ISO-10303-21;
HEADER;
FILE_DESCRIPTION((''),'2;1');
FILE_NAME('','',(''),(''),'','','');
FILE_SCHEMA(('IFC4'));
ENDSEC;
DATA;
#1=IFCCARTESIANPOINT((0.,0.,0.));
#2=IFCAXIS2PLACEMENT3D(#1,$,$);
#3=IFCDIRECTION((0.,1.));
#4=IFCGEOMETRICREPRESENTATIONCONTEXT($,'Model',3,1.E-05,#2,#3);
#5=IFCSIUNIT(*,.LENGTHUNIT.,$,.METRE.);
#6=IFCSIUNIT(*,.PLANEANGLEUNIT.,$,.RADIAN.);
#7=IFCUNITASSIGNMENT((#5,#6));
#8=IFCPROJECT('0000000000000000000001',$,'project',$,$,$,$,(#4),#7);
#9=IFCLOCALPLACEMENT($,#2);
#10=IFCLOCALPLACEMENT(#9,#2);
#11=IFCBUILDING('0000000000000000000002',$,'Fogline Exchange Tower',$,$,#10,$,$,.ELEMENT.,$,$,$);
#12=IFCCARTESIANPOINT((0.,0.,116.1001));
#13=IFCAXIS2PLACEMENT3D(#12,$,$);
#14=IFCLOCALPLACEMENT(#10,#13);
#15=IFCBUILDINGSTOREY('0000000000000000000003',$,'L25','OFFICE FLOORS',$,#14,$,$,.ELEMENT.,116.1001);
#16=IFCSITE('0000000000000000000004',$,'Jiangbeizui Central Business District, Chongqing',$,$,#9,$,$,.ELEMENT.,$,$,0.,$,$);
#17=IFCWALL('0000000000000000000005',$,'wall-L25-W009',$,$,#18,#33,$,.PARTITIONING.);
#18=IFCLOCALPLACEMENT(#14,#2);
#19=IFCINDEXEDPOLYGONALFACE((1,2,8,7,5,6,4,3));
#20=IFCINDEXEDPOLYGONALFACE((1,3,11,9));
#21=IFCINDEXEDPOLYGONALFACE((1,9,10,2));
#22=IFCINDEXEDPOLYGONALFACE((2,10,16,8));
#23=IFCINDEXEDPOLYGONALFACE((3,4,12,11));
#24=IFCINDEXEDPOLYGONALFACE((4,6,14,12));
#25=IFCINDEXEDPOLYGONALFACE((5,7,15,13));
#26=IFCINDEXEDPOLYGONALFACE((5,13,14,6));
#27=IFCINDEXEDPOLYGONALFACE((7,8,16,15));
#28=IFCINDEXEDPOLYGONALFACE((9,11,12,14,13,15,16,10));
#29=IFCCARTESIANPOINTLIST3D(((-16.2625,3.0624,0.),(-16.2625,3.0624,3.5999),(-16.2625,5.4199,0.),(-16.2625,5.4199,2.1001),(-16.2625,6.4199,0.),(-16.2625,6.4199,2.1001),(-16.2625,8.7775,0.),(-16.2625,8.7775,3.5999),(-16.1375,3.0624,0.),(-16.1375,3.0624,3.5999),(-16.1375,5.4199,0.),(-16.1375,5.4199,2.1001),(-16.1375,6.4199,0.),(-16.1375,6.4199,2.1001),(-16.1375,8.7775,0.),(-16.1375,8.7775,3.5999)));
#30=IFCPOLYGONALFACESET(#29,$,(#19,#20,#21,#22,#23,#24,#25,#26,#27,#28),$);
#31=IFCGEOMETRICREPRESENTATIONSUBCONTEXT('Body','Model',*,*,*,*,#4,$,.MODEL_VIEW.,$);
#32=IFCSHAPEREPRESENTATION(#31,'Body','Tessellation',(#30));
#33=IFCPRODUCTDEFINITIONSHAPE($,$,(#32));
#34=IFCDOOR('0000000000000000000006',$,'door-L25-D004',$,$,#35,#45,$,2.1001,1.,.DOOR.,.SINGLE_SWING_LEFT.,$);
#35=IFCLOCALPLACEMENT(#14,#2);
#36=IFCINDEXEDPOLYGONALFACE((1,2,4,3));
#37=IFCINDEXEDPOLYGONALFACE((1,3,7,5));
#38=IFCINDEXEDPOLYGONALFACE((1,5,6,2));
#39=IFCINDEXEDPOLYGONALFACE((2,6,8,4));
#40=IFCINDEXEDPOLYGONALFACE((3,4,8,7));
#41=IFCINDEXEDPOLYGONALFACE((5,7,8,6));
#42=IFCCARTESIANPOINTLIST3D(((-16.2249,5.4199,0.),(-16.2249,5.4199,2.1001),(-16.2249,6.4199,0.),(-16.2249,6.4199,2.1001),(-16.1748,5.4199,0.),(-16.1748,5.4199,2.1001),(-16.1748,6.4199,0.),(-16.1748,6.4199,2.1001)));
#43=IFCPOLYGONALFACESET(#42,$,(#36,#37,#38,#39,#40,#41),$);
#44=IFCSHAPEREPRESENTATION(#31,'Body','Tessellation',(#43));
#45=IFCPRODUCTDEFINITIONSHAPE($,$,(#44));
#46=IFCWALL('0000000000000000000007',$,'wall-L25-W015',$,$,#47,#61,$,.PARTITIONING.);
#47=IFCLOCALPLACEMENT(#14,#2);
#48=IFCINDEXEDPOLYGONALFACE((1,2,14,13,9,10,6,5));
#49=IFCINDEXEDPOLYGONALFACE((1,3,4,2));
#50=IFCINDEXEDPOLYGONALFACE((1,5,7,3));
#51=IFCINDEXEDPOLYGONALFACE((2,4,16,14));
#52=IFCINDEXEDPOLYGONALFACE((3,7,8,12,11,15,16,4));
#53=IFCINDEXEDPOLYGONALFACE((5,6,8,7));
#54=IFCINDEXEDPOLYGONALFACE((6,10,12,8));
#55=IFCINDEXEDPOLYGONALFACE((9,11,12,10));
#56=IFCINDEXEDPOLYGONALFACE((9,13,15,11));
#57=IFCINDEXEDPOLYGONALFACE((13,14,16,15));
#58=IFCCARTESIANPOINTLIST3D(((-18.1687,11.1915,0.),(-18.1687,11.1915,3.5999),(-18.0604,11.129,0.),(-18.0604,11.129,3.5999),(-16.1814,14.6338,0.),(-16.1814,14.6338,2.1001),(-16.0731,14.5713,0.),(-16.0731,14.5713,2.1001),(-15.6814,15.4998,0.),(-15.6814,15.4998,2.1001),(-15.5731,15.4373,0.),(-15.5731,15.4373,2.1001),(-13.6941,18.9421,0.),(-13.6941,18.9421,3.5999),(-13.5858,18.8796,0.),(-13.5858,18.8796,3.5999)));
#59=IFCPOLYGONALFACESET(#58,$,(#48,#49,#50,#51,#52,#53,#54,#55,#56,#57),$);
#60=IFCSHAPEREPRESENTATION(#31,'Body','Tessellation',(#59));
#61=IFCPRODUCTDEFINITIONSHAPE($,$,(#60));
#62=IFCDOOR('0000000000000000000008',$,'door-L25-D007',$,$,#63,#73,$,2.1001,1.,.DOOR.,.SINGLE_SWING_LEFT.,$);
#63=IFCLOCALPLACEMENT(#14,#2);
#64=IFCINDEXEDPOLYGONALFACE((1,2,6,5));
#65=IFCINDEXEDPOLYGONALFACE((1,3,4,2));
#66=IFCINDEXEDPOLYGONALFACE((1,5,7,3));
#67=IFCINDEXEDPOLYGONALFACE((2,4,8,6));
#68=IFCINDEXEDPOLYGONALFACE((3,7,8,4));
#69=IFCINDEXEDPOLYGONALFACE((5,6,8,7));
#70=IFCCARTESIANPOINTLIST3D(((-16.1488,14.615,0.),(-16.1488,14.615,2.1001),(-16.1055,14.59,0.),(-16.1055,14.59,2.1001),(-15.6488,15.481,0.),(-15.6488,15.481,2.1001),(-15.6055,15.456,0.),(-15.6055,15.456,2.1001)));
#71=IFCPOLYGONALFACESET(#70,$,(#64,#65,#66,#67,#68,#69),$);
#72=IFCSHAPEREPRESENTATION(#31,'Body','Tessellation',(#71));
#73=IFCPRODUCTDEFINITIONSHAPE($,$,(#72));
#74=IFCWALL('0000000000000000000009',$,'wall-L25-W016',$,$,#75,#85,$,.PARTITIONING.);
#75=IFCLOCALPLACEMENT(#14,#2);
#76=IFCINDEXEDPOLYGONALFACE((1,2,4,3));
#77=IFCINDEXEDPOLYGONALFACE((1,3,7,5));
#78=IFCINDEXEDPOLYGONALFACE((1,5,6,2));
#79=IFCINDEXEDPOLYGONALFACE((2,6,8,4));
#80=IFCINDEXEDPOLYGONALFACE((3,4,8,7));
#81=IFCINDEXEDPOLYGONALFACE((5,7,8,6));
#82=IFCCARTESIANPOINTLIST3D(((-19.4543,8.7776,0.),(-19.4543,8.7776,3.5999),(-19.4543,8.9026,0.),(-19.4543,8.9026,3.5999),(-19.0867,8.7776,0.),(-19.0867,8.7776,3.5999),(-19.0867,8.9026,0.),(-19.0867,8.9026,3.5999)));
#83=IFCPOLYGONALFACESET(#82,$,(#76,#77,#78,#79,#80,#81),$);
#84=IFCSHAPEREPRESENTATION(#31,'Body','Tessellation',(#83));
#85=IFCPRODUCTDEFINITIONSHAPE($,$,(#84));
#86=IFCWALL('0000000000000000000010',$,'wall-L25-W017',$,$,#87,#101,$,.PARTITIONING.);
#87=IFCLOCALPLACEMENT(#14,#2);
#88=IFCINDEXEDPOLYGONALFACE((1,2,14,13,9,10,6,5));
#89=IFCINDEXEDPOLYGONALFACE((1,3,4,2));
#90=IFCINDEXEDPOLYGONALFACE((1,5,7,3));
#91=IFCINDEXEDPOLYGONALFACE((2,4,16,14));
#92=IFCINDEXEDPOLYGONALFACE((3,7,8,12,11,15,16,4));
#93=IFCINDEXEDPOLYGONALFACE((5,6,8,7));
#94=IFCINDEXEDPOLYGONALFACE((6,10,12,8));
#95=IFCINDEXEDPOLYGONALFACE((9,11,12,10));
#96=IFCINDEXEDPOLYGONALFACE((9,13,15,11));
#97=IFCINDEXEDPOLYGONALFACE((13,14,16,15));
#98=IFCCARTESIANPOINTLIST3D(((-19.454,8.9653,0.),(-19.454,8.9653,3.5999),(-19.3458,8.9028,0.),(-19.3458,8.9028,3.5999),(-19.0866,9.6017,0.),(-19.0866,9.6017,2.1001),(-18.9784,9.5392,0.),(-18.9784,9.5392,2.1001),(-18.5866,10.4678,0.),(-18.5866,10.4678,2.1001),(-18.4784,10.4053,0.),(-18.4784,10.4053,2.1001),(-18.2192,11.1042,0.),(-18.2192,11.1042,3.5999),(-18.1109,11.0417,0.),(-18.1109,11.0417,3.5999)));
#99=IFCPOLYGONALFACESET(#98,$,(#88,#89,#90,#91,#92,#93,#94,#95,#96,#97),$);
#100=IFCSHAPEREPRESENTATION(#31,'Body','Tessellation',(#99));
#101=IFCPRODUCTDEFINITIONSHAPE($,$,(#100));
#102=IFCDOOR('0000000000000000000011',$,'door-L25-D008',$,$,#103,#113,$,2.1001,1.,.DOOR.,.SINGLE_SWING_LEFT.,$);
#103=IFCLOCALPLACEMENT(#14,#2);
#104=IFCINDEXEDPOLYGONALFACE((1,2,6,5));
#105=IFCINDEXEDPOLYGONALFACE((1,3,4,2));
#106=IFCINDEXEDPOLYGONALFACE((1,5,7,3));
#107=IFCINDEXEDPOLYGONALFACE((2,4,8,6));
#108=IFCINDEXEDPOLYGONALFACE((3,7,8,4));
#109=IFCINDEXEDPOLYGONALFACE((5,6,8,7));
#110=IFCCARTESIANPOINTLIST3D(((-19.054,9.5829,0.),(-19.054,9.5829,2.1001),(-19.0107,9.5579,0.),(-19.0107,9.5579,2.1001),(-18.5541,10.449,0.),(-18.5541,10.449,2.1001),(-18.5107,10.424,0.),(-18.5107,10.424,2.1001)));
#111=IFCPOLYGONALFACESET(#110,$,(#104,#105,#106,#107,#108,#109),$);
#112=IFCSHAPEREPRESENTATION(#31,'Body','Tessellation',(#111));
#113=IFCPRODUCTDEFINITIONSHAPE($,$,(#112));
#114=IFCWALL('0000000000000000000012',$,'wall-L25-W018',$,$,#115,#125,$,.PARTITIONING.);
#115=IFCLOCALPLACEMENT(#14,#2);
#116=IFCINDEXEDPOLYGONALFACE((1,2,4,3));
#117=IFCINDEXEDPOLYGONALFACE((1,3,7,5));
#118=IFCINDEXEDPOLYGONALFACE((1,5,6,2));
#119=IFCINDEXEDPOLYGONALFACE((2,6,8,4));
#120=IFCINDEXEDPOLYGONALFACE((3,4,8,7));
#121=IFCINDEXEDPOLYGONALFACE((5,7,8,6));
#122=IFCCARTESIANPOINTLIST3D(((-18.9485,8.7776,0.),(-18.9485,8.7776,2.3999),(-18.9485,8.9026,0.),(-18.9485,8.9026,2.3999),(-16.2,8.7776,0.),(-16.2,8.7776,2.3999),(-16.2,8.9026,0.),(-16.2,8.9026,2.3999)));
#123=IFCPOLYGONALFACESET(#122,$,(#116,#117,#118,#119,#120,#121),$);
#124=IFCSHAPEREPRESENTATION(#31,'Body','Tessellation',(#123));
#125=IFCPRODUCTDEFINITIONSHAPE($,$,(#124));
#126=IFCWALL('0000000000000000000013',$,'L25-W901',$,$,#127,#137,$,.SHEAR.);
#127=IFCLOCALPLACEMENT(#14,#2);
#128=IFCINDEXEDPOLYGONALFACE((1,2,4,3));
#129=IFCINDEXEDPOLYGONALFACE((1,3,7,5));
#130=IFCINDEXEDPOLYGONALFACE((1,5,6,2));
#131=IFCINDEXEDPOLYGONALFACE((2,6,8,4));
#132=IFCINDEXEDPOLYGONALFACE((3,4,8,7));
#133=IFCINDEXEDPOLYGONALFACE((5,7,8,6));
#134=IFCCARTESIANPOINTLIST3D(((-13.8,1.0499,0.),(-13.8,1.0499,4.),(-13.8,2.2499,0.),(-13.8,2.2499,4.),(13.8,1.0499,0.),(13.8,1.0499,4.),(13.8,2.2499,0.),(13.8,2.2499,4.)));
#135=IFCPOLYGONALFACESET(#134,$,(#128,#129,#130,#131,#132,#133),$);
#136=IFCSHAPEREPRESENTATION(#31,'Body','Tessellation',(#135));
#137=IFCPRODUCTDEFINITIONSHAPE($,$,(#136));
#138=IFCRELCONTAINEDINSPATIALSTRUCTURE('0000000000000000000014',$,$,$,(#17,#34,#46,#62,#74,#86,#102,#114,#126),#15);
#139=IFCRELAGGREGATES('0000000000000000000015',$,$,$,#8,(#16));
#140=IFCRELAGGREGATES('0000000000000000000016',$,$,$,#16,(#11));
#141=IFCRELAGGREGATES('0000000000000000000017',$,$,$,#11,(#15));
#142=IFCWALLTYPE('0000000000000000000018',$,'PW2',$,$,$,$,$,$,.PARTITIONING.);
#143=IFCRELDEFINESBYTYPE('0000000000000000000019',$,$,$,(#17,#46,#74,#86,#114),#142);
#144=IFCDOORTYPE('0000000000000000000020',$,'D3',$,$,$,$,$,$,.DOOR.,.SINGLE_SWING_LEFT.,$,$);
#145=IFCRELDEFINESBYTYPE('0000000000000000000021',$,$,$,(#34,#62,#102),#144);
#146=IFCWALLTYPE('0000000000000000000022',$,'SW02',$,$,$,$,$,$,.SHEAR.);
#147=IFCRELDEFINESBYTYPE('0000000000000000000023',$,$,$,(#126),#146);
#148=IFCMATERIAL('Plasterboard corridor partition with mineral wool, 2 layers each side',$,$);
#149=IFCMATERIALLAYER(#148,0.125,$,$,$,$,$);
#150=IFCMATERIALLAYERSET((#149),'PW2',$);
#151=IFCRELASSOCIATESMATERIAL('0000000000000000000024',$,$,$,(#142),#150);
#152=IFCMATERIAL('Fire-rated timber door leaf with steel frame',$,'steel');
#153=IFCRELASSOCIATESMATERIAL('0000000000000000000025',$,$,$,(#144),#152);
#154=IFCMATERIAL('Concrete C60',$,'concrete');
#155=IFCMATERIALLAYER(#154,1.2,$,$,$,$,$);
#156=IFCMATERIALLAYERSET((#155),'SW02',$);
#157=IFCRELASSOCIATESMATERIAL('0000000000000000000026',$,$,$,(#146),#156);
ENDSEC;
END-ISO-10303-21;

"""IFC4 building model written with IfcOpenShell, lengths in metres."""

from ifc_helpers import new_model, si_unit, direction, frame, frame_2d, origin, place, context, subcontext, project, spatial, rectangle, extrude, material, layer, layer_set, type_object, element, fill, save


model = new_model("IFC4")

# Units and contexts
model_context = context("Model", 3, precision=1e-05, world=origin(), true_north=direction((0.0, 1.0)))
body_context = subcontext(model_context, "Body", "Model", "MODEL_VIEW")
ifc_project = project(units=[si_unit("LENGTHUNIT", "METRE"), si_unit("PLANEANGLEUNIT", "RADIAN")], contexts=[model_context])

# Site, building, storey
site_placement = place(None, origin())
site = spatial("IfcSite", under=ifc_project, at=site_placement, Name="Jiangbeizui Central Business District, Chongqing", CompositionType="ELEMENT", RefElevation=0.0)
building_placement = place(site_placement, origin())
building = spatial("IfcBuilding", under=site, at=building_placement, Name="Fogline Exchange Tower", CompositionType="ELEMENT")
storey_placement = place(building_placement, frame((0.0, 0.0, 116.1001)))
storey = spatial("IfcBuildingStorey", under=building, at=storey_placement, Name="L25", Description="OFFICE FLOORS", CompositionType="ELEMENT", Elevation=116.1001)

# Shared definitions
ifc_material_1 = material(Name="Plasterboard corridor partition with mineral wool, 2 layers each side")
ifc_layer_1 = layer(ifc_material_1, 0.125)
ifc_layer_set_1 = layer_set([ifc_layer_1], Name="PW2")
wall_type_1 = type_object("IfcWallType", Name="PW2", PredefinedType="PARTITIONING", material=ifc_layer_set_1)

# Walls, openings, doors
wall_1_placement = place(storey_placement, frame((-16.2, 3.0625, 0.0), z_axis=(0.0, 0.0, 1.0), x_axis=(0.0, 1.0, 0.0)))
wall_1 = element("IfcWall", 1, at=wall_1_placement, inside=storey, type_object=wall_type_1, Name="wall-L25-W009", PredefinedType="PARTITIONING", context=body_context, shape_type="SweptSolid", body=[
    extrude(rectangle(XDim=5.7151, YDim=0.125, at=frame_2d((2.8574, 0.0))), origin(), (0.0, 0.0, 1.0), 3.5999),
])
opening_1_placement = place(wall_1_placement, frame((2.3574, 0.0, 0.0)))
opening_1 = element("IfcOpeningElement", 2, at=opening_1_placement, cuts=wall_1, PredefinedType="OPENING", context=body_context, shape_type="SweptSolid", body=[
    extrude(rectangle(XDim=1.0, YDim=2.1001, at=frame_2d((0.5, 1.05))), frame((0.0, 0.0725, 0.0), z_axis=(0.0, -1.0, 0.0), x_axis=(1.0, 0.0, 0.0)), (0.0, 0.0, 1.0), 0.145),
])
ifc_material_2 = material(Name="Fire-rated timber door leaf with steel frame", Category="steel")
door_type_1 = type_object("IfcDoorType", Name="D3", OperationType="SINGLE_SWING_LEFT", PredefinedType="DOOR", material=ifc_material_2)
door_1_placement = place(opening_1_placement, origin())
door_1 = element("IfcDoor", 3, at=door_1_placement, inside=storey, type_object=door_type_1, Name="door-L25-D004", OperationType="SINGLE_SWING_LEFT", OverallHeight=2.1001, OverallWidth=1.0, PredefinedType="DOOR", context=body_context, shape_type="SweptSolid", body=[
    extrude(rectangle(XDim=1.0, YDim=2.1001, at=frame_2d((0.5, 1.05))), frame((0.0, 0.0249, 0.0), z_axis=(0.0, -1.0, 0.0), x_axis=(1.0, 0.0, 0.0)), (0.0, 0.0, 1.0), 0.05),
])
fill(opening_1, door_1)
wall_2_placement = place(storey_placement, frame((-18.1145, 11.1604, 0.0), z_axis=(0.0, 0.0, 1.0), x_axis=(0.499989, 0.866032, 0.0)))
wall_2 = element("IfcWall", 4, at=wall_2_placement, inside=storey, type_object=wall_type_1, Name="wall-L25-W015", PredefinedType="PARTITIONING", context=body_context, shape_type="SweptSolid", body=[
    extrude(rectangle(XDim=8.9495, YDim=0.125, at=frame_2d((4.4746, 0.0))), origin(), (0.0, 0.0, 1.0), 3.5999),
])
opening_2_placement = place(wall_2_placement, frame((3.9746, 0.0, 0.0)))
opening_2 = element("IfcOpeningElement", 5, at=opening_2_placement, cuts=wall_2, PredefinedType="OPENING", context=body_context, shape_type="SweptSolid", body=[
    extrude(rectangle(XDim=1.0, YDim=2.1001, at=frame_2d((0.5, 1.05))), frame((0.0, 0.0725, 0.0), z_axis=(0.0, -1.0, 0.0), x_axis=(1.0, 0.0, 0.0)), (0.0, 0.0, 1.0), 0.145),
])
door_2_placement = place(opening_2_placement, origin())
door_2 = element("IfcDoor", 6, at=door_2_placement, inside=storey, type_object=door_type_1, Name="door-L25-D007", OperationType="SINGLE_SWING_LEFT", OverallHeight=2.1001, OverallWidth=1.0, PredefinedType="DOOR", context=body_context, shape_type="SweptSolid", body=[
    extrude(rectangle(XDim=1.0, YDim=2.1001, at=frame_2d((0.5, 1.05))), frame((0.0, 0.0249, 0.0), z_axis=(0.0, -1.0, 0.0), x_axis=(1.0, 0.0, 0.0)), (0.0, 0.0, 1.0), 0.05),
])
fill(opening_2, door_2)

# Wall
wall_3_placement = place(storey_placement, frame((-19.0867, 8.8401, 0.0), z_axis=(0.0, 0.0, 1.0), x_axis=(-1.0, 0.0, 0.0)))
element("IfcWall", 7, at=wall_3_placement, inside=storey, type_object=wall_type_1, Name="wall-L25-W016", PredefinedType="PARTITIONING", context=body_context, shape_type="SweptSolid", body=[
    extrude(rectangle(XDim=0.3677, YDim=0.125, at=frame_2d((0.1838, 0.0))), origin(), (0.0, 0.0, 1.0), 3.5999),
])

# Wall, opening, door
wall_4_placement = place(storey_placement, frame((-19.3999, 8.9341, 0.0), z_axis=(0.0, 0.0, 1.0), x_axis=(0.499988, 0.866032, 0.0)))
wall_4 = element("IfcWall", 8, at=wall_4_placement, inside=storey, type_object=wall_type_1, Name="wall-L25-W017", PredefinedType="PARTITIONING", context=body_context, shape_type="SweptSolid", body=[
    extrude(rectangle(XDim=2.4697, YDim=0.125, at=frame_2d((1.2349, 0.0))), origin(), (0.0, 0.0, 1.0), 3.5999),
])
opening_3_placement = place(wall_4_placement, frame((0.7349, 0.0, 0.0)))
opening_3 = element("IfcOpeningElement", 9, at=opening_3_placement, cuts=wall_4, PredefinedType="OPENING", context=body_context, shape_type="SweptSolid", body=[
    extrude(rectangle(XDim=1.0, YDim=2.1001, at=frame_2d((0.5, 1.05))), frame((0.0, 0.0725, 0.0), z_axis=(0.0, -1.0, 0.0), x_axis=(1.0, 0.0, 0.0)), (0.0, 0.0, 1.0), 0.145),
])
door_3_placement = place(opening_3_placement, origin())
door_3 = element("IfcDoor", 10, at=door_3_placement, inside=storey, type_object=door_type_1, Name="door-L25-D008", OperationType="SINGLE_SWING_LEFT", OverallHeight=2.1001, OverallWidth=1.0, PredefinedType="DOOR", context=body_context, shape_type="SweptSolid", body=[
    extrude(rectangle(XDim=1.0, YDim=2.1001, at=frame_2d((0.5, 1.05))), frame((0.0, 0.0249, 0.0), z_axis=(0.0, -1.0, 0.0), x_axis=(1.0, 0.0, 0.0)), (0.0, 0.0, 1.0), 0.05),
])
fill(opening_3, door_3)

# Walls
wall_5_placement = place(storey_placement, frame((-16.2, 8.8401, 0.0), z_axis=(0.0, 0.0, 1.0), x_axis=(-1.0, 0.0, 0.0)))
element("IfcWall", 11, at=wall_5_placement, inside=storey, type_object=wall_type_1, Name="wall-L25-W018", PredefinedType="PARTITIONING", context=body_context, shape_type="SweptSolid", body=[
    extrude(rectangle(XDim=2.7485, YDim=0.125, at=frame_2d((1.3743, 0.0))), origin(), (0.0, 0.0, 1.0), 2.3999),
])
ifc_material_3 = material(Name="Concrete C60", Category="concrete")
ifc_layer_2 = layer(ifc_material_3, 1.2)
ifc_layer_set_2 = layer_set([ifc_layer_2], Name="SW02")
wall_type_2 = type_object("IfcWallType", Name="SW02", PredefinedType="SHEAR", material=ifc_layer_set_2)
wall_6_placement = place(storey_placement, frame((-13.8, 1.6499, 0.0), z_axis=(0.0, 0.0, 1.0), x_axis=(1.0, 0.0, 0.0)))
element("IfcWall", 12, at=wall_6_placement, inside=storey, type_object=wall_type_2, Name="L25-W901", PredefinedType="SHEAR", context=body_context, shape_type="SweptSolid", body=[
    extrude(rectangle(XDim=27.6001, YDim=1.2, at=frame_2d((13.8, 0.0))), origin(), (0.0, 0.0, 1.0), 4.0),
])

save(model, "model.ifc")
